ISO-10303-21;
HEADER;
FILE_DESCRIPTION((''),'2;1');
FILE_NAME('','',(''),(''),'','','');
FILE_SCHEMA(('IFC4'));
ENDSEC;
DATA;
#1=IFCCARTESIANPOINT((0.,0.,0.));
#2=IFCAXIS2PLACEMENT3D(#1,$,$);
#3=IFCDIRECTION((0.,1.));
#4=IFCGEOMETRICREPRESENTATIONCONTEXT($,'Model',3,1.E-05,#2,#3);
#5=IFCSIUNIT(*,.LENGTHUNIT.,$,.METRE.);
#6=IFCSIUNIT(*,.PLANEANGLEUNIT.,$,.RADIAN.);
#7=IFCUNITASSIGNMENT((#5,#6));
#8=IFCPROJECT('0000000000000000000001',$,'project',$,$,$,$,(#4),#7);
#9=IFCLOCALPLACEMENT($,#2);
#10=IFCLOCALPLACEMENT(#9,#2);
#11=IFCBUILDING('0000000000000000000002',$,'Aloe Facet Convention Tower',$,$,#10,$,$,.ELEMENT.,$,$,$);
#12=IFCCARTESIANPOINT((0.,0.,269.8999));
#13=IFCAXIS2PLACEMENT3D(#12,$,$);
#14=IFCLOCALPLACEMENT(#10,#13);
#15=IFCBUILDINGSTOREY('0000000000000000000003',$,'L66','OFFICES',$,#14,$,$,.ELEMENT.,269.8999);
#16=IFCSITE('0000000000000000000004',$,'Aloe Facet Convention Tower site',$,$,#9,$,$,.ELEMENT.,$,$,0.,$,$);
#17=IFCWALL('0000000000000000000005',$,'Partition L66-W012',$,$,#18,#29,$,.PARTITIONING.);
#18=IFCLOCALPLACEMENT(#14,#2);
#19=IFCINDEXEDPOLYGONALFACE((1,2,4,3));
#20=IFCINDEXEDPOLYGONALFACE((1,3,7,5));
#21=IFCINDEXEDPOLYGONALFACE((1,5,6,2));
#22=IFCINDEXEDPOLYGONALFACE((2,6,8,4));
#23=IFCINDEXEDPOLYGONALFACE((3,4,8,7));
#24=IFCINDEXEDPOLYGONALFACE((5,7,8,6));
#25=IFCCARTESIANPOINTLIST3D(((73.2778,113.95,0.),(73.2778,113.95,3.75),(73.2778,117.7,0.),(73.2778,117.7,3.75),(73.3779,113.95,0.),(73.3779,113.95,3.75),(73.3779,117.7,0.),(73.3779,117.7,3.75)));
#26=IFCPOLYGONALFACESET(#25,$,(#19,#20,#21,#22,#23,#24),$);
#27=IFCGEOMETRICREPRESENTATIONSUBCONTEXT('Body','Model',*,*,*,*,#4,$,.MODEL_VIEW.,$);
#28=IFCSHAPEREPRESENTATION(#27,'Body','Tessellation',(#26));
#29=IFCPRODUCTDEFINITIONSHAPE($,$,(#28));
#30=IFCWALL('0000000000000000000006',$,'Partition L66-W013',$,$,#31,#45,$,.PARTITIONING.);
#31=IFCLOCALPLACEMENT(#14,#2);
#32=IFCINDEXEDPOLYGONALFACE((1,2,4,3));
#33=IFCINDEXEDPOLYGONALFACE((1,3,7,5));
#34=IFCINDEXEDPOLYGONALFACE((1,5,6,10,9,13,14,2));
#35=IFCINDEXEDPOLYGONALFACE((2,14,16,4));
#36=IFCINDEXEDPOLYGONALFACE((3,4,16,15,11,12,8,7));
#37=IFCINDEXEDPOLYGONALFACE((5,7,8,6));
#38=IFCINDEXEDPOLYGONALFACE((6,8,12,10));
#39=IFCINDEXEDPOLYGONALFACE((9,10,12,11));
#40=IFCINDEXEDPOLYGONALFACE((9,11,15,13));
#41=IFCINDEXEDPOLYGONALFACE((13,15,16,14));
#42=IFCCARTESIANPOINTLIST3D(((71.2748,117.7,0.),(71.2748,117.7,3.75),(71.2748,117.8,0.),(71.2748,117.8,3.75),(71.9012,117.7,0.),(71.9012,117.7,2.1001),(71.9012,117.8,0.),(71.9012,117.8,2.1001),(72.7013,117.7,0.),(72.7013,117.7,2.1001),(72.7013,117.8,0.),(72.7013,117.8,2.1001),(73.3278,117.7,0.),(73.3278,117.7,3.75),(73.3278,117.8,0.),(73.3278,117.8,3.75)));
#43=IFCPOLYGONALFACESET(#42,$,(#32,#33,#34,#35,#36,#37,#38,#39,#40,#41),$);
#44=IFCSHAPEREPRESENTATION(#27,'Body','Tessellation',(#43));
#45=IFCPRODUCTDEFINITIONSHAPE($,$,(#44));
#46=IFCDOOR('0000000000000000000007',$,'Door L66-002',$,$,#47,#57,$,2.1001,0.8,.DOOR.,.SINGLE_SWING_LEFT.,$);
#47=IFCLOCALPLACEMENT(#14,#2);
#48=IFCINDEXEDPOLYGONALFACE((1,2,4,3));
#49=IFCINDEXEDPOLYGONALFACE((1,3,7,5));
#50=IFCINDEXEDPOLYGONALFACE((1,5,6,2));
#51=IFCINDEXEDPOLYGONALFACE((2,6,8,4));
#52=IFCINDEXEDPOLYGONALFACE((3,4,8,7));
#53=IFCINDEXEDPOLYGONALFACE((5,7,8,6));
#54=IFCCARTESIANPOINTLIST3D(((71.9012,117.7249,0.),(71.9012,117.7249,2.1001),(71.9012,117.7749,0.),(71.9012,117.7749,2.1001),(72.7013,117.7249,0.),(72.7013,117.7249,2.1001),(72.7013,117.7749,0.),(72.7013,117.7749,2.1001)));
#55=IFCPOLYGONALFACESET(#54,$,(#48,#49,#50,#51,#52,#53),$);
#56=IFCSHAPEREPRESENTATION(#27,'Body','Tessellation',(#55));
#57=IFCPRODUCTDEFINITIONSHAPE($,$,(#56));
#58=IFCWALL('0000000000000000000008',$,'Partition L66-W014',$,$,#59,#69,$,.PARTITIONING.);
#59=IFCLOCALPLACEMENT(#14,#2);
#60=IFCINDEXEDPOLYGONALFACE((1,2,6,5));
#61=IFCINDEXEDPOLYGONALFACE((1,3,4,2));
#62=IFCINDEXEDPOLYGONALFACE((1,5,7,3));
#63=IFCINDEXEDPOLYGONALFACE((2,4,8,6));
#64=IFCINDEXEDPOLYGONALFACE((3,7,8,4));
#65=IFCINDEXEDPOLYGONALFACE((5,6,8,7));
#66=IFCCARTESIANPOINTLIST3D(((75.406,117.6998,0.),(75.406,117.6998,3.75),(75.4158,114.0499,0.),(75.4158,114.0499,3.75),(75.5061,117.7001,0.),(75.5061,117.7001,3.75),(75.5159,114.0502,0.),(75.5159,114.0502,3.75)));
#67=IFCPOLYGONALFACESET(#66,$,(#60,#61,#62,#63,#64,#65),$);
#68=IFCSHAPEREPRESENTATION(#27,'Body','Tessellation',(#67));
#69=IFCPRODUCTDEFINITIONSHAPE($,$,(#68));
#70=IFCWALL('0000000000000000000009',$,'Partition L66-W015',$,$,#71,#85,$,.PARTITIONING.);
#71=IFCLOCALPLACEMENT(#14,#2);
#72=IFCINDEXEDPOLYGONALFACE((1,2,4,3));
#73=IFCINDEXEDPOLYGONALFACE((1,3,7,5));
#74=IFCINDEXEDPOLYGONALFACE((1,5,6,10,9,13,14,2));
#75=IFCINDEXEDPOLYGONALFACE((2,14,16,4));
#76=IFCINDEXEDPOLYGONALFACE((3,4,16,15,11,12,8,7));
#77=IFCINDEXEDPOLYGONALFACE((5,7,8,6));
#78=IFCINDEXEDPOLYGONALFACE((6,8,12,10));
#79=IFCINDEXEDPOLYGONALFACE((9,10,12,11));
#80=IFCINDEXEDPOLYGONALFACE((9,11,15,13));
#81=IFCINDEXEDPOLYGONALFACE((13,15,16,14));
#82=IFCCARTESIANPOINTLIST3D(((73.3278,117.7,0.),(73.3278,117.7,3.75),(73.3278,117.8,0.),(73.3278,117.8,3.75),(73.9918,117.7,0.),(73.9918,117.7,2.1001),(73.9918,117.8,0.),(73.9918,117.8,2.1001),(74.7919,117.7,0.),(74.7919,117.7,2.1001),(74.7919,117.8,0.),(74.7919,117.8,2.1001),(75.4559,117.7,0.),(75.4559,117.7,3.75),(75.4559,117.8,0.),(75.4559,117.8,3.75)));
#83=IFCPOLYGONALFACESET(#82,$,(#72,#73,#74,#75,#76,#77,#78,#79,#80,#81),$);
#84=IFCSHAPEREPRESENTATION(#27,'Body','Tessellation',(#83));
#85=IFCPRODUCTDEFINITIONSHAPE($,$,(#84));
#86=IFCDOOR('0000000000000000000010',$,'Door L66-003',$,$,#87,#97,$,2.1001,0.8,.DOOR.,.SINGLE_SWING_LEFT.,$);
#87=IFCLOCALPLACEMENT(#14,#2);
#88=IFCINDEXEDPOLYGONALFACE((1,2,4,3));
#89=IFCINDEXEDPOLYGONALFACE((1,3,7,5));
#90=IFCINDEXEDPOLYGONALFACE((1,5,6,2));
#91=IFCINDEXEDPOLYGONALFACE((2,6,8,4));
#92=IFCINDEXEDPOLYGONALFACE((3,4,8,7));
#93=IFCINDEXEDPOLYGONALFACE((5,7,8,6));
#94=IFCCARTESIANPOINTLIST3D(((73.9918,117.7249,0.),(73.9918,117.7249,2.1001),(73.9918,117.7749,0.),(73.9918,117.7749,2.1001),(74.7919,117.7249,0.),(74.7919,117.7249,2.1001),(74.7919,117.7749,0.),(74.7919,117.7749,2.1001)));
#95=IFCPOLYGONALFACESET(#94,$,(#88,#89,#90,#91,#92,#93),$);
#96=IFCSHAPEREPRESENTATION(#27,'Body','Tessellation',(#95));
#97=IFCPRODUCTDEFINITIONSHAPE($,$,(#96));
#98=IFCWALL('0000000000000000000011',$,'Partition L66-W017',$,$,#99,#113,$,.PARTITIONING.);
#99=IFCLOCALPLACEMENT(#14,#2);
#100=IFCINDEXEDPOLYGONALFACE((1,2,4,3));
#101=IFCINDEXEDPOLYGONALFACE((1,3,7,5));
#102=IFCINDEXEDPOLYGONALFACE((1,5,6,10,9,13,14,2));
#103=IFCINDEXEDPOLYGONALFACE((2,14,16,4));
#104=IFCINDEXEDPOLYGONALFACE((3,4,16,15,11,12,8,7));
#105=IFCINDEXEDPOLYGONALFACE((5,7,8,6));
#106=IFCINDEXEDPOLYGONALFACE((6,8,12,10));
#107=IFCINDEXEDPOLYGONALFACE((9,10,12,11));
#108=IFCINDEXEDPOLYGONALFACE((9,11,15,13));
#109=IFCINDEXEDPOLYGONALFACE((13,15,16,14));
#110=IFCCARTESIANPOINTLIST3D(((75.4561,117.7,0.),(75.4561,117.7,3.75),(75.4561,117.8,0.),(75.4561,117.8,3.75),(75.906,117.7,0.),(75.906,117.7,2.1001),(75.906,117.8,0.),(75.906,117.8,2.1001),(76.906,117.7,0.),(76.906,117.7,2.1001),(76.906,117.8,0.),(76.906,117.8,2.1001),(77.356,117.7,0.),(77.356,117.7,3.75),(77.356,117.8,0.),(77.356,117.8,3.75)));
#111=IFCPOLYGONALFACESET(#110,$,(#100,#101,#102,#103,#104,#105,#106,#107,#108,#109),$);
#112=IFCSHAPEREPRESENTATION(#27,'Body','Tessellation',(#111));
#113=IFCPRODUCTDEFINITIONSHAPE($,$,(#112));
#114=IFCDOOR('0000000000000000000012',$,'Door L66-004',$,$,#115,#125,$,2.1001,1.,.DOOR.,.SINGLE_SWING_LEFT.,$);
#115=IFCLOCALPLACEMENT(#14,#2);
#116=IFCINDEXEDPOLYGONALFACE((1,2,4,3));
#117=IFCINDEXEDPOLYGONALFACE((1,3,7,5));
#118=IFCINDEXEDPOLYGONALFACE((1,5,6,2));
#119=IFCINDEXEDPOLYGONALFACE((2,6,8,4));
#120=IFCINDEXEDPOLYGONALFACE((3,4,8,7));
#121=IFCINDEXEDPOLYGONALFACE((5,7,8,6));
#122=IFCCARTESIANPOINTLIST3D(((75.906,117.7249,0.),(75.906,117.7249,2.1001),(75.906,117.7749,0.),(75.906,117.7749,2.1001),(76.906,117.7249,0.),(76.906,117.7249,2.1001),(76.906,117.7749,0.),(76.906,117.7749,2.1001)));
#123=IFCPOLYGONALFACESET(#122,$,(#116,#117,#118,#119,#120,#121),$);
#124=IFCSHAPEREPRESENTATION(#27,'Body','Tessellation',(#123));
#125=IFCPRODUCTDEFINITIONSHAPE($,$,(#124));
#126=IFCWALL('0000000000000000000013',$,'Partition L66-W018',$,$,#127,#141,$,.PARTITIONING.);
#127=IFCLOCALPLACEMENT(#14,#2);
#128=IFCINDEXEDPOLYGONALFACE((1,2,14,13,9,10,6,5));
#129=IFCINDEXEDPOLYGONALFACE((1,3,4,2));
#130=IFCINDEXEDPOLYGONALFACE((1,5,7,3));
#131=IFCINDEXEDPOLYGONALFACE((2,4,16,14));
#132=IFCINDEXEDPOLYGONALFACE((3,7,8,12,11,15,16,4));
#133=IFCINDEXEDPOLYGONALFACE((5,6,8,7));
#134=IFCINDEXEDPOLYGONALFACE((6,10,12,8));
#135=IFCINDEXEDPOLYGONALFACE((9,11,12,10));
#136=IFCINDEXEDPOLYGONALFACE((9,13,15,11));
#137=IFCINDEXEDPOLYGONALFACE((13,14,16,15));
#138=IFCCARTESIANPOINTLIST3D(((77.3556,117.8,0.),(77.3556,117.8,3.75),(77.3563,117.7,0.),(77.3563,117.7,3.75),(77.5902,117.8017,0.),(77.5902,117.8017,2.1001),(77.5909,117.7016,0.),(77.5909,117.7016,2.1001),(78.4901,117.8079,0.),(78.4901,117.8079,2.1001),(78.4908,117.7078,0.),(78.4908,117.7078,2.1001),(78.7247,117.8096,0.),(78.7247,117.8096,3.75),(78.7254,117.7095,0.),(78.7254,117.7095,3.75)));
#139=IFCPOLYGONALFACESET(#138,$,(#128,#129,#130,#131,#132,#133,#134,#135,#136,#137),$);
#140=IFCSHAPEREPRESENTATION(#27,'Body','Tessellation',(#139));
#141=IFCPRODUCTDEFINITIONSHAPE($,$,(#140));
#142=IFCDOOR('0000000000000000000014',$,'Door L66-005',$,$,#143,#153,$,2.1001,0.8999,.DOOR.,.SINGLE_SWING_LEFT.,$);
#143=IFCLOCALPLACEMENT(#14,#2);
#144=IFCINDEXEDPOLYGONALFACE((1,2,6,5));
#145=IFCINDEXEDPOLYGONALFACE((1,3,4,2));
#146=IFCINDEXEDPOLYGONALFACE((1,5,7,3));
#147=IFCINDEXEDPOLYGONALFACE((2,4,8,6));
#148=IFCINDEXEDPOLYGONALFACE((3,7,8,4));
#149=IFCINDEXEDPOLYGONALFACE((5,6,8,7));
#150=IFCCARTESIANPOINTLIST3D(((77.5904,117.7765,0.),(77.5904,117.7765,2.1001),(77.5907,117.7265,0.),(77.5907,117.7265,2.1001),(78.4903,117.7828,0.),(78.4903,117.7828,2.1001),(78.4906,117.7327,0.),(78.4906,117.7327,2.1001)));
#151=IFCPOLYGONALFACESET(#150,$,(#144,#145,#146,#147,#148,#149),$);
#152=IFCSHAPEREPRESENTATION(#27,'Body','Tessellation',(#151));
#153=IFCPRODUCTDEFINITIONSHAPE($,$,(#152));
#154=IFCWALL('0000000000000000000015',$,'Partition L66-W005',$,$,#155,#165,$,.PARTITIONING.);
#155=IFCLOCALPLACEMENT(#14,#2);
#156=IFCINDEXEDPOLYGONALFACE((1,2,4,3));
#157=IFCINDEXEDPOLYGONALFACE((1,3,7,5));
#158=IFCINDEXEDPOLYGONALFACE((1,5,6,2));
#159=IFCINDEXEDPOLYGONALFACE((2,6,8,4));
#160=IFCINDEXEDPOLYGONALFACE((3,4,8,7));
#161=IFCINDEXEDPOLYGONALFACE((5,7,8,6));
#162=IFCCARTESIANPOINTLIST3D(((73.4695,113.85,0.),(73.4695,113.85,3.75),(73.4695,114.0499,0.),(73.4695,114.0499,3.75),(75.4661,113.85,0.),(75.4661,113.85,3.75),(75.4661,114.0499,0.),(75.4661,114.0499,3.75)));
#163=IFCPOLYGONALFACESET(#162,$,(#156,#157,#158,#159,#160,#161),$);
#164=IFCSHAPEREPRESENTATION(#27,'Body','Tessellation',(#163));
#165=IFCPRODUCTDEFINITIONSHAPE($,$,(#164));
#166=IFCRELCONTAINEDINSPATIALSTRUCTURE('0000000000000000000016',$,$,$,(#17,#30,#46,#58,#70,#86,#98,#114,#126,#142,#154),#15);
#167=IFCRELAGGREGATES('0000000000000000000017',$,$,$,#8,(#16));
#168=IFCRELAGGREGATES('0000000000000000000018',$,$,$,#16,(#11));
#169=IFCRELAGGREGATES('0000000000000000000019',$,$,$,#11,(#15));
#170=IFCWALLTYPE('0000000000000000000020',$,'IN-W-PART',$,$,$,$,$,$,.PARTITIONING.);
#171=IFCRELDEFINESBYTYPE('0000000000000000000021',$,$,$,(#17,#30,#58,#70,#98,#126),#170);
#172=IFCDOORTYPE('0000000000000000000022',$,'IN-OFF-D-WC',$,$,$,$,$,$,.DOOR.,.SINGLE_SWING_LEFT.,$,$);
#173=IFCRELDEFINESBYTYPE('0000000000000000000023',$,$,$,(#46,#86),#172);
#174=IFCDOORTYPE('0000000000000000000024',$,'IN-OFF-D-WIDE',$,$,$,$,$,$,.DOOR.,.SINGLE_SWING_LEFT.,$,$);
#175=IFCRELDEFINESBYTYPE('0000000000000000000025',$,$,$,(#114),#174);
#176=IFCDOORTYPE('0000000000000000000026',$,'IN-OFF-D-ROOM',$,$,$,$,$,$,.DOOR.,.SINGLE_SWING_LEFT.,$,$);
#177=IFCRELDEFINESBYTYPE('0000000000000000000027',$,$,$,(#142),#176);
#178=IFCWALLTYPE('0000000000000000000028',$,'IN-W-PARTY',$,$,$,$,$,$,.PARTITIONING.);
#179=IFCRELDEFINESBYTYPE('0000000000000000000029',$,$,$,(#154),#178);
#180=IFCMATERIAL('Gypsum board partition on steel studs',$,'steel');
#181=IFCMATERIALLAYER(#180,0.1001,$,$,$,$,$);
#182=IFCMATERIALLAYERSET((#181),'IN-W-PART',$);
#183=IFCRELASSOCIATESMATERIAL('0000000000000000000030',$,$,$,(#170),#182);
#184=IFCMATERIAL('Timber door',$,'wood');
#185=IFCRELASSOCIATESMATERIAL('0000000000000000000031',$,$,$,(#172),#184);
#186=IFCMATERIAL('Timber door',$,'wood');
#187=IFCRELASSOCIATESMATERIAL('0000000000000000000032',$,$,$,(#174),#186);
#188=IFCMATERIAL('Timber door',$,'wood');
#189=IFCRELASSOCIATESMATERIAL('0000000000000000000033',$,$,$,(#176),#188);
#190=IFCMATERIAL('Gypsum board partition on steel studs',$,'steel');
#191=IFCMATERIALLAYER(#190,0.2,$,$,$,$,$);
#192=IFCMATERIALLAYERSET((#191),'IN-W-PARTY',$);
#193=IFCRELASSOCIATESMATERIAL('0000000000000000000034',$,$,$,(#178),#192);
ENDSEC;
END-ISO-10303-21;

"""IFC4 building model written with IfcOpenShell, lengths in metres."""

from ifc_helpers import new_model, si_unit, direction, frame, frame_2d, origin, place, context, subcontext, project, spatial, rectangle, extrude, material, layer, layer_set, type_object, element, fill, save


model = new_model("IFC4")

# Units and contexts
model_context = context("Model", 3, precision=1e-05, world=origin(), true_north=direction((0.0, 1.0)))
body_context = subcontext(model_context, "Body", "Model", "MODEL_VIEW")
ifc_project = project(units=[si_unit("LENGTHUNIT", "METRE"), si_unit("PLANEANGLEUNIT", "RADIAN")], contexts=[model_context])

# Site, building, storey
site_placement = place(None, origin())
site = spatial("IfcSite", under=ifc_project, at=site_placement, Name="Aloe Facet Convention Tower site", CompositionType="ELEMENT", RefElevation=0.0)
building_placement = place(site_placement, origin())
building = spatial("IfcBuilding", under=site, at=building_placement, Name="Aloe Facet Convention Tower", CompositionType="ELEMENT")
storey_placement = place(building_placement, frame((0.0, 0.0, 269.8999)))
storey = spatial("IfcBuildingStorey", under=building, at=storey_placement, Name="L66", Description="OFFICES", CompositionType="ELEMENT", Elevation=269.8999)

# Wall
ifc_material_1 = material(Name="Gypsum board partition on steel studs", Category="steel")
ifc_layer_1 = layer(ifc_material_1, 0.1001)
ifc_layer_set_1 = layer_set([ifc_layer_1], Name="IN-W-PART")
wall_type_1 = type_object("IfcWallType", Name="IN-W-PART", PredefinedType="PARTITIONING", material=ifc_layer_set_1)
wall_1_placement = place(storey_placement, frame((73.3279, 113.95, 0.0), z_axis=(0.0, 0.0, 1.0), x_axis=(0.0, 1.0, 0.0)))
element("IfcWall", 1, at=wall_1_placement, inside=storey, type_object=wall_type_1, Name="Partition L66-W012", PredefinedType="PARTITIONING", context=body_context, shape_type="SweptSolid", body=[
    extrude(rectangle(XDim=3.75, YDim=0.1001, at=frame_2d((1.875, 0.0))), origin(), (0.0, 0.0, 1.0), 3.75),
])

# Wall, opening, door
wall_2_placement = place(storey_placement, frame((71.2749, 117.75, 0.0), z_axis=(0.0, 0.0, 1.0), x_axis=(1.0, 0.0, 0.0)))
wall_2 = element("IfcWall", 2, at=wall_2_placement, inside=storey, type_object=wall_type_1, Name="Partition L66-W013", PredefinedType="PARTITIONING", context=body_context, shape_type="SweptSolid", body=[
    extrude(rectangle(XDim=2.053, YDim=0.1001, at=frame_2d((1.0264, 0.0))), origin(), (0.0, 0.0, 1.0), 3.75),
])
opening_1_placement = place(wall_2_placement, frame((0.6265, 0.0, 0.0)))
opening_1 = element("IfcOpeningElement", 3, at=opening_1_placement, cuts=wall_2, PredefinedType="OPENING", context=body_context, shape_type="SweptSolid", body=[
    extrude(rectangle(XDim=0.8, YDim=2.1001, at=frame_2d((0.3999, 1.05))), frame((0.0, 0.0601, 0.0), z_axis=(0.0, -1.0, 0.0), x_axis=(1.0, 0.0, 0.0)), (0.0, 0.0, 1.0), 0.1201),
])
ifc_material_2 = material(Name="Timber door", Category="wood")
door_type_1 = type_object("IfcDoorType", Name="IN-OFF-D-WC", OperationType="SINGLE_SWING_LEFT", PredefinedType="DOOR", material=ifc_material_2)
door_1_placement = place(opening_1_placement, origin())
door_1 = element("IfcDoor", 4, at=door_1_placement, inside=storey, type_object=door_type_1, Name="Door L66-002", OperationType="SINGLE_SWING_LEFT", OverallHeight=2.1001, OverallWidth=0.8, PredefinedType="DOOR", context=body_context, shape_type="SweptSolid", body=[
    extrude(rectangle(XDim=0.8, YDim=2.1001, at=frame_2d((0.3999, 1.05))), frame((0.0, 0.0249, 0.0), z_axis=(0.0, -1.0, 0.0), x_axis=(1.0, 0.0, 0.0)), (0.0, 0.0, 1.0), 0.05),
])
fill(opening_1, door_1)

# Wall
wall_3_placement = place(storey_placement, frame((75.4658, 114.05, 0.0), z_axis=(0.0, 0.0, 1.0), x_axis=(-0.002676, 0.999996, 0.0)))
element("IfcWall", 5, at=wall_3_placement, inside=storey, type_object=wall_type_1, Name="Partition L66-W014", PredefinedType="PARTITIONING", context=body_context, shape_type="SweptSolid", body=[
    extrude(rectangle(XDim=3.6499, YDim=0.1001, at=frame_2d((1.825, 0.0))), origin(), (0.0, 0.0, 1.0), 3.75),
])

# Walls, openings, doors
wall_4_placement = place(storey_placement, frame((73.3279, 117.75, 0.0), z_axis=(0.0, 0.0, 1.0), x_axis=(1.0, 0.0, 0.0)))
wall_4 = element("IfcWall", 6, at=wall_4_placement, inside=storey, type_object=wall_type_1, Name="Partition L66-W015", PredefinedType="PARTITIONING", context=body_context, shape_type="SweptSolid", body=[
    extrude(rectangle(XDim=2.1282, YDim=0.1001, at=frame_2d((1.064, 0.0))), origin(), (0.0, 0.0, 1.0), 3.75),
])
opening_2_placement = place(wall_4_placement, frame((0.6641, 0.0, 0.0)))
opening_2 = element("IfcOpeningElement", 7, at=opening_2_placement, cuts=wall_4, PredefinedType="OPENING", context=body_context, shape_type="SweptSolid", body=[
    extrude(rectangle(XDim=0.8, YDim=2.1001, at=frame_2d((0.3999, 1.05))), frame((0.0, 0.0601, 0.0), z_axis=(0.0, -1.0, 0.0), x_axis=(1.0, 0.0, 0.0)), (0.0, 0.0, 1.0), 0.1201),
])
door_2_placement = place(opening_2_placement, origin())
door_2 = element("IfcDoor", 8, at=door_2_placement, inside=storey, type_object=door_type_1, Name="Door L66-003", OperationType="SINGLE_SWING_LEFT", OverallHeight=2.1001, OverallWidth=0.8, PredefinedType="DOOR", context=body_context, shape_type="SweptSolid", body=[
    extrude(rectangle(XDim=0.8, YDim=2.1001, at=frame_2d((0.3999, 1.05))), frame((0.0, 0.0249, 0.0), z_axis=(0.0, -1.0, 0.0), x_axis=(1.0, 0.0, 0.0)), (0.0, 0.0, 1.0), 0.05),
])
fill(opening_2, door_2)
wall_5_placement = place(storey_placement, frame((75.4561, 117.75, 0.0), z_axis=(0.0, 0.0, 1.0), x_axis=(1.0, 0.0, 0.0)))
wall_5 = element("IfcWall", 9, at=wall_5_placement, inside=storey, type_object=wall_type_1, Name="Partition L66-W017", PredefinedType="PARTITIONING", context=body_context, shape_type="SweptSolid", body=[
    extrude(rectangle(XDim=1.8999, YDim=0.1001, at=frame_2d((0.95, 0.0))), origin(), (0.0, 0.0, 1.0), 3.75),
])
opening_3_placement = place(wall_5_placement, frame((0.45, 0.0, 0.0)))
opening_3 = element("IfcOpeningElement", 10, at=opening_3_placement, cuts=wall_5, PredefinedType="OPENING", context=body_context, shape_type="SweptSolid", body=[
    extrude(rectangle(XDim=1.0, YDim=2.1001, at=frame_2d((0.5, 1.05))), frame((0.0, 0.0601, 0.0), z_axis=(0.0, -1.0, 0.0), x_axis=(1.0, 0.0, 0.0)), (0.0, 0.0, 1.0), 0.1201),
])
ifc_material_3 = material(Name="Timber door", Category="wood")
door_type_2 = type_object("IfcDoorType", Name="IN-OFF-D-WIDE", OperationType="SINGLE_SWING_LEFT", PredefinedType="DOOR", material=ifc_material_3)
door_3_placement = place(opening_3_placement, origin())
door_3 = element("IfcDoor", 11, at=door_3_placement, inside=storey, type_object=door_type_2, Name="Door L66-004", OperationType="SINGLE_SWING_LEFT", OverallHeight=2.1001, OverallWidth=1.0, PredefinedType="DOOR", context=body_context, shape_type="SweptSolid", body=[
    extrude(rectangle(XDim=1.0, YDim=2.1001, at=frame_2d((0.5, 1.05))), frame((0.0, 0.0249, 0.0), z_axis=(0.0, -1.0, 0.0), x_axis=(1.0, 0.0, 0.0)), (0.0, 0.0, 1.0), 0.05),
])
fill(opening_3, door_3)
wall_6_placement = place(storey_placement, frame((77.356, 117.75, 0.0), z_axis=(0.0, 0.0, 1.0), x_axis=(0.999976, 0.006954, 0.0)))
wall_6 = element("IfcWall", 12, at=wall_6_placement, inside=storey, type_object=wall_type_1, Name="Partition L66-W018", PredefinedType="PARTITIONING", context=body_context, shape_type="SweptSolid", body=[
    extrude(rectangle(XDim=1.3691, YDim=0.1001, at=frame_2d((0.6846, 0.0))), origin(), (0.0, 0.0, 1.0), 3.75),
])
opening_4_placement = place(wall_6_placement, frame((0.2346, 0.0, 0.0)))
opening_4 = element("IfcOpeningElement", 13, at=opening_4_placement, cuts=wall_6, PredefinedType="OPENING", context=body_context, shape_type="SweptSolid", body=[
    extrude(rectangle(XDim=0.8999, YDim=2.1001, at=frame_2d((0.45, 1.05))), frame((0.0, 0.0601, 0.0), z_axis=(0.0, -1.0, 0.0), x_axis=(1.0, 0.0, 0.0)), (0.0, 0.0, 1.0), 0.1201),
])
ifc_material_4 = material(Name="Timber door", Category="wood")
door_type_3 = type_object("IfcDoorType", Name="IN-OFF-D-ROOM", OperationType="SINGLE_SWING_LEFT", PredefinedType="DOOR", material=ifc_material_4)
door_4_placement = place(opening_4_placement, origin())
door_4 = element("IfcDoor", 14, at=door_4_placement, inside=storey, type_object=door_type_3, Name="Door L66-005", OperationType="SINGLE_SWING_LEFT", OverallHeight=2.1001, OverallWidth=0.8999, PredefinedType="DOOR", context=body_context, shape_type="SweptSolid", body=[
    extrude(rectangle(XDim=0.8999, YDim=2.1001, at=frame_2d((0.45, 1.05))), frame((0.0, 0.0249, 0.0), z_axis=(0.0, -1.0, 0.0), x_axis=(1.0, 0.0, 0.0)), (0.0, 0.0, 1.0), 0.05),
])
fill(opening_4, door_4)

# Wall
ifc_material_5 = material(Name="Gypsum board partition on steel studs", Category="steel")
ifc_layer_2 = layer(ifc_material_5, 0.2)
ifc_layer_set_2 = layer_set([ifc_layer_2], Name="IN-W-PARTY")
wall_type_2 = type_object("IfcWallType", Name="IN-W-PARTY", PredefinedType="PARTITIONING", material=ifc_layer_set_2)
wall_7_placement = place(storey_placement, frame((73.4695, 113.95, 0.0), z_axis=(0.0, 0.0, 1.0), x_axis=(1.0, 0.0, 0.0)))
element("IfcWall", 15, at=wall_7_placement, inside=storey, type_object=wall_type_2, Name="Partition L66-W005", PredefinedType="PARTITIONING", context=body_context, shape_type="SweptSolid", body=[
    extrude(rectangle(XDim=1.9966, YDim=0.2, at=frame_2d((0.9983, 0.0))), origin(), (0.0, 0.0, 1.0), 3.75),
])

save(model, "model.ifc")
